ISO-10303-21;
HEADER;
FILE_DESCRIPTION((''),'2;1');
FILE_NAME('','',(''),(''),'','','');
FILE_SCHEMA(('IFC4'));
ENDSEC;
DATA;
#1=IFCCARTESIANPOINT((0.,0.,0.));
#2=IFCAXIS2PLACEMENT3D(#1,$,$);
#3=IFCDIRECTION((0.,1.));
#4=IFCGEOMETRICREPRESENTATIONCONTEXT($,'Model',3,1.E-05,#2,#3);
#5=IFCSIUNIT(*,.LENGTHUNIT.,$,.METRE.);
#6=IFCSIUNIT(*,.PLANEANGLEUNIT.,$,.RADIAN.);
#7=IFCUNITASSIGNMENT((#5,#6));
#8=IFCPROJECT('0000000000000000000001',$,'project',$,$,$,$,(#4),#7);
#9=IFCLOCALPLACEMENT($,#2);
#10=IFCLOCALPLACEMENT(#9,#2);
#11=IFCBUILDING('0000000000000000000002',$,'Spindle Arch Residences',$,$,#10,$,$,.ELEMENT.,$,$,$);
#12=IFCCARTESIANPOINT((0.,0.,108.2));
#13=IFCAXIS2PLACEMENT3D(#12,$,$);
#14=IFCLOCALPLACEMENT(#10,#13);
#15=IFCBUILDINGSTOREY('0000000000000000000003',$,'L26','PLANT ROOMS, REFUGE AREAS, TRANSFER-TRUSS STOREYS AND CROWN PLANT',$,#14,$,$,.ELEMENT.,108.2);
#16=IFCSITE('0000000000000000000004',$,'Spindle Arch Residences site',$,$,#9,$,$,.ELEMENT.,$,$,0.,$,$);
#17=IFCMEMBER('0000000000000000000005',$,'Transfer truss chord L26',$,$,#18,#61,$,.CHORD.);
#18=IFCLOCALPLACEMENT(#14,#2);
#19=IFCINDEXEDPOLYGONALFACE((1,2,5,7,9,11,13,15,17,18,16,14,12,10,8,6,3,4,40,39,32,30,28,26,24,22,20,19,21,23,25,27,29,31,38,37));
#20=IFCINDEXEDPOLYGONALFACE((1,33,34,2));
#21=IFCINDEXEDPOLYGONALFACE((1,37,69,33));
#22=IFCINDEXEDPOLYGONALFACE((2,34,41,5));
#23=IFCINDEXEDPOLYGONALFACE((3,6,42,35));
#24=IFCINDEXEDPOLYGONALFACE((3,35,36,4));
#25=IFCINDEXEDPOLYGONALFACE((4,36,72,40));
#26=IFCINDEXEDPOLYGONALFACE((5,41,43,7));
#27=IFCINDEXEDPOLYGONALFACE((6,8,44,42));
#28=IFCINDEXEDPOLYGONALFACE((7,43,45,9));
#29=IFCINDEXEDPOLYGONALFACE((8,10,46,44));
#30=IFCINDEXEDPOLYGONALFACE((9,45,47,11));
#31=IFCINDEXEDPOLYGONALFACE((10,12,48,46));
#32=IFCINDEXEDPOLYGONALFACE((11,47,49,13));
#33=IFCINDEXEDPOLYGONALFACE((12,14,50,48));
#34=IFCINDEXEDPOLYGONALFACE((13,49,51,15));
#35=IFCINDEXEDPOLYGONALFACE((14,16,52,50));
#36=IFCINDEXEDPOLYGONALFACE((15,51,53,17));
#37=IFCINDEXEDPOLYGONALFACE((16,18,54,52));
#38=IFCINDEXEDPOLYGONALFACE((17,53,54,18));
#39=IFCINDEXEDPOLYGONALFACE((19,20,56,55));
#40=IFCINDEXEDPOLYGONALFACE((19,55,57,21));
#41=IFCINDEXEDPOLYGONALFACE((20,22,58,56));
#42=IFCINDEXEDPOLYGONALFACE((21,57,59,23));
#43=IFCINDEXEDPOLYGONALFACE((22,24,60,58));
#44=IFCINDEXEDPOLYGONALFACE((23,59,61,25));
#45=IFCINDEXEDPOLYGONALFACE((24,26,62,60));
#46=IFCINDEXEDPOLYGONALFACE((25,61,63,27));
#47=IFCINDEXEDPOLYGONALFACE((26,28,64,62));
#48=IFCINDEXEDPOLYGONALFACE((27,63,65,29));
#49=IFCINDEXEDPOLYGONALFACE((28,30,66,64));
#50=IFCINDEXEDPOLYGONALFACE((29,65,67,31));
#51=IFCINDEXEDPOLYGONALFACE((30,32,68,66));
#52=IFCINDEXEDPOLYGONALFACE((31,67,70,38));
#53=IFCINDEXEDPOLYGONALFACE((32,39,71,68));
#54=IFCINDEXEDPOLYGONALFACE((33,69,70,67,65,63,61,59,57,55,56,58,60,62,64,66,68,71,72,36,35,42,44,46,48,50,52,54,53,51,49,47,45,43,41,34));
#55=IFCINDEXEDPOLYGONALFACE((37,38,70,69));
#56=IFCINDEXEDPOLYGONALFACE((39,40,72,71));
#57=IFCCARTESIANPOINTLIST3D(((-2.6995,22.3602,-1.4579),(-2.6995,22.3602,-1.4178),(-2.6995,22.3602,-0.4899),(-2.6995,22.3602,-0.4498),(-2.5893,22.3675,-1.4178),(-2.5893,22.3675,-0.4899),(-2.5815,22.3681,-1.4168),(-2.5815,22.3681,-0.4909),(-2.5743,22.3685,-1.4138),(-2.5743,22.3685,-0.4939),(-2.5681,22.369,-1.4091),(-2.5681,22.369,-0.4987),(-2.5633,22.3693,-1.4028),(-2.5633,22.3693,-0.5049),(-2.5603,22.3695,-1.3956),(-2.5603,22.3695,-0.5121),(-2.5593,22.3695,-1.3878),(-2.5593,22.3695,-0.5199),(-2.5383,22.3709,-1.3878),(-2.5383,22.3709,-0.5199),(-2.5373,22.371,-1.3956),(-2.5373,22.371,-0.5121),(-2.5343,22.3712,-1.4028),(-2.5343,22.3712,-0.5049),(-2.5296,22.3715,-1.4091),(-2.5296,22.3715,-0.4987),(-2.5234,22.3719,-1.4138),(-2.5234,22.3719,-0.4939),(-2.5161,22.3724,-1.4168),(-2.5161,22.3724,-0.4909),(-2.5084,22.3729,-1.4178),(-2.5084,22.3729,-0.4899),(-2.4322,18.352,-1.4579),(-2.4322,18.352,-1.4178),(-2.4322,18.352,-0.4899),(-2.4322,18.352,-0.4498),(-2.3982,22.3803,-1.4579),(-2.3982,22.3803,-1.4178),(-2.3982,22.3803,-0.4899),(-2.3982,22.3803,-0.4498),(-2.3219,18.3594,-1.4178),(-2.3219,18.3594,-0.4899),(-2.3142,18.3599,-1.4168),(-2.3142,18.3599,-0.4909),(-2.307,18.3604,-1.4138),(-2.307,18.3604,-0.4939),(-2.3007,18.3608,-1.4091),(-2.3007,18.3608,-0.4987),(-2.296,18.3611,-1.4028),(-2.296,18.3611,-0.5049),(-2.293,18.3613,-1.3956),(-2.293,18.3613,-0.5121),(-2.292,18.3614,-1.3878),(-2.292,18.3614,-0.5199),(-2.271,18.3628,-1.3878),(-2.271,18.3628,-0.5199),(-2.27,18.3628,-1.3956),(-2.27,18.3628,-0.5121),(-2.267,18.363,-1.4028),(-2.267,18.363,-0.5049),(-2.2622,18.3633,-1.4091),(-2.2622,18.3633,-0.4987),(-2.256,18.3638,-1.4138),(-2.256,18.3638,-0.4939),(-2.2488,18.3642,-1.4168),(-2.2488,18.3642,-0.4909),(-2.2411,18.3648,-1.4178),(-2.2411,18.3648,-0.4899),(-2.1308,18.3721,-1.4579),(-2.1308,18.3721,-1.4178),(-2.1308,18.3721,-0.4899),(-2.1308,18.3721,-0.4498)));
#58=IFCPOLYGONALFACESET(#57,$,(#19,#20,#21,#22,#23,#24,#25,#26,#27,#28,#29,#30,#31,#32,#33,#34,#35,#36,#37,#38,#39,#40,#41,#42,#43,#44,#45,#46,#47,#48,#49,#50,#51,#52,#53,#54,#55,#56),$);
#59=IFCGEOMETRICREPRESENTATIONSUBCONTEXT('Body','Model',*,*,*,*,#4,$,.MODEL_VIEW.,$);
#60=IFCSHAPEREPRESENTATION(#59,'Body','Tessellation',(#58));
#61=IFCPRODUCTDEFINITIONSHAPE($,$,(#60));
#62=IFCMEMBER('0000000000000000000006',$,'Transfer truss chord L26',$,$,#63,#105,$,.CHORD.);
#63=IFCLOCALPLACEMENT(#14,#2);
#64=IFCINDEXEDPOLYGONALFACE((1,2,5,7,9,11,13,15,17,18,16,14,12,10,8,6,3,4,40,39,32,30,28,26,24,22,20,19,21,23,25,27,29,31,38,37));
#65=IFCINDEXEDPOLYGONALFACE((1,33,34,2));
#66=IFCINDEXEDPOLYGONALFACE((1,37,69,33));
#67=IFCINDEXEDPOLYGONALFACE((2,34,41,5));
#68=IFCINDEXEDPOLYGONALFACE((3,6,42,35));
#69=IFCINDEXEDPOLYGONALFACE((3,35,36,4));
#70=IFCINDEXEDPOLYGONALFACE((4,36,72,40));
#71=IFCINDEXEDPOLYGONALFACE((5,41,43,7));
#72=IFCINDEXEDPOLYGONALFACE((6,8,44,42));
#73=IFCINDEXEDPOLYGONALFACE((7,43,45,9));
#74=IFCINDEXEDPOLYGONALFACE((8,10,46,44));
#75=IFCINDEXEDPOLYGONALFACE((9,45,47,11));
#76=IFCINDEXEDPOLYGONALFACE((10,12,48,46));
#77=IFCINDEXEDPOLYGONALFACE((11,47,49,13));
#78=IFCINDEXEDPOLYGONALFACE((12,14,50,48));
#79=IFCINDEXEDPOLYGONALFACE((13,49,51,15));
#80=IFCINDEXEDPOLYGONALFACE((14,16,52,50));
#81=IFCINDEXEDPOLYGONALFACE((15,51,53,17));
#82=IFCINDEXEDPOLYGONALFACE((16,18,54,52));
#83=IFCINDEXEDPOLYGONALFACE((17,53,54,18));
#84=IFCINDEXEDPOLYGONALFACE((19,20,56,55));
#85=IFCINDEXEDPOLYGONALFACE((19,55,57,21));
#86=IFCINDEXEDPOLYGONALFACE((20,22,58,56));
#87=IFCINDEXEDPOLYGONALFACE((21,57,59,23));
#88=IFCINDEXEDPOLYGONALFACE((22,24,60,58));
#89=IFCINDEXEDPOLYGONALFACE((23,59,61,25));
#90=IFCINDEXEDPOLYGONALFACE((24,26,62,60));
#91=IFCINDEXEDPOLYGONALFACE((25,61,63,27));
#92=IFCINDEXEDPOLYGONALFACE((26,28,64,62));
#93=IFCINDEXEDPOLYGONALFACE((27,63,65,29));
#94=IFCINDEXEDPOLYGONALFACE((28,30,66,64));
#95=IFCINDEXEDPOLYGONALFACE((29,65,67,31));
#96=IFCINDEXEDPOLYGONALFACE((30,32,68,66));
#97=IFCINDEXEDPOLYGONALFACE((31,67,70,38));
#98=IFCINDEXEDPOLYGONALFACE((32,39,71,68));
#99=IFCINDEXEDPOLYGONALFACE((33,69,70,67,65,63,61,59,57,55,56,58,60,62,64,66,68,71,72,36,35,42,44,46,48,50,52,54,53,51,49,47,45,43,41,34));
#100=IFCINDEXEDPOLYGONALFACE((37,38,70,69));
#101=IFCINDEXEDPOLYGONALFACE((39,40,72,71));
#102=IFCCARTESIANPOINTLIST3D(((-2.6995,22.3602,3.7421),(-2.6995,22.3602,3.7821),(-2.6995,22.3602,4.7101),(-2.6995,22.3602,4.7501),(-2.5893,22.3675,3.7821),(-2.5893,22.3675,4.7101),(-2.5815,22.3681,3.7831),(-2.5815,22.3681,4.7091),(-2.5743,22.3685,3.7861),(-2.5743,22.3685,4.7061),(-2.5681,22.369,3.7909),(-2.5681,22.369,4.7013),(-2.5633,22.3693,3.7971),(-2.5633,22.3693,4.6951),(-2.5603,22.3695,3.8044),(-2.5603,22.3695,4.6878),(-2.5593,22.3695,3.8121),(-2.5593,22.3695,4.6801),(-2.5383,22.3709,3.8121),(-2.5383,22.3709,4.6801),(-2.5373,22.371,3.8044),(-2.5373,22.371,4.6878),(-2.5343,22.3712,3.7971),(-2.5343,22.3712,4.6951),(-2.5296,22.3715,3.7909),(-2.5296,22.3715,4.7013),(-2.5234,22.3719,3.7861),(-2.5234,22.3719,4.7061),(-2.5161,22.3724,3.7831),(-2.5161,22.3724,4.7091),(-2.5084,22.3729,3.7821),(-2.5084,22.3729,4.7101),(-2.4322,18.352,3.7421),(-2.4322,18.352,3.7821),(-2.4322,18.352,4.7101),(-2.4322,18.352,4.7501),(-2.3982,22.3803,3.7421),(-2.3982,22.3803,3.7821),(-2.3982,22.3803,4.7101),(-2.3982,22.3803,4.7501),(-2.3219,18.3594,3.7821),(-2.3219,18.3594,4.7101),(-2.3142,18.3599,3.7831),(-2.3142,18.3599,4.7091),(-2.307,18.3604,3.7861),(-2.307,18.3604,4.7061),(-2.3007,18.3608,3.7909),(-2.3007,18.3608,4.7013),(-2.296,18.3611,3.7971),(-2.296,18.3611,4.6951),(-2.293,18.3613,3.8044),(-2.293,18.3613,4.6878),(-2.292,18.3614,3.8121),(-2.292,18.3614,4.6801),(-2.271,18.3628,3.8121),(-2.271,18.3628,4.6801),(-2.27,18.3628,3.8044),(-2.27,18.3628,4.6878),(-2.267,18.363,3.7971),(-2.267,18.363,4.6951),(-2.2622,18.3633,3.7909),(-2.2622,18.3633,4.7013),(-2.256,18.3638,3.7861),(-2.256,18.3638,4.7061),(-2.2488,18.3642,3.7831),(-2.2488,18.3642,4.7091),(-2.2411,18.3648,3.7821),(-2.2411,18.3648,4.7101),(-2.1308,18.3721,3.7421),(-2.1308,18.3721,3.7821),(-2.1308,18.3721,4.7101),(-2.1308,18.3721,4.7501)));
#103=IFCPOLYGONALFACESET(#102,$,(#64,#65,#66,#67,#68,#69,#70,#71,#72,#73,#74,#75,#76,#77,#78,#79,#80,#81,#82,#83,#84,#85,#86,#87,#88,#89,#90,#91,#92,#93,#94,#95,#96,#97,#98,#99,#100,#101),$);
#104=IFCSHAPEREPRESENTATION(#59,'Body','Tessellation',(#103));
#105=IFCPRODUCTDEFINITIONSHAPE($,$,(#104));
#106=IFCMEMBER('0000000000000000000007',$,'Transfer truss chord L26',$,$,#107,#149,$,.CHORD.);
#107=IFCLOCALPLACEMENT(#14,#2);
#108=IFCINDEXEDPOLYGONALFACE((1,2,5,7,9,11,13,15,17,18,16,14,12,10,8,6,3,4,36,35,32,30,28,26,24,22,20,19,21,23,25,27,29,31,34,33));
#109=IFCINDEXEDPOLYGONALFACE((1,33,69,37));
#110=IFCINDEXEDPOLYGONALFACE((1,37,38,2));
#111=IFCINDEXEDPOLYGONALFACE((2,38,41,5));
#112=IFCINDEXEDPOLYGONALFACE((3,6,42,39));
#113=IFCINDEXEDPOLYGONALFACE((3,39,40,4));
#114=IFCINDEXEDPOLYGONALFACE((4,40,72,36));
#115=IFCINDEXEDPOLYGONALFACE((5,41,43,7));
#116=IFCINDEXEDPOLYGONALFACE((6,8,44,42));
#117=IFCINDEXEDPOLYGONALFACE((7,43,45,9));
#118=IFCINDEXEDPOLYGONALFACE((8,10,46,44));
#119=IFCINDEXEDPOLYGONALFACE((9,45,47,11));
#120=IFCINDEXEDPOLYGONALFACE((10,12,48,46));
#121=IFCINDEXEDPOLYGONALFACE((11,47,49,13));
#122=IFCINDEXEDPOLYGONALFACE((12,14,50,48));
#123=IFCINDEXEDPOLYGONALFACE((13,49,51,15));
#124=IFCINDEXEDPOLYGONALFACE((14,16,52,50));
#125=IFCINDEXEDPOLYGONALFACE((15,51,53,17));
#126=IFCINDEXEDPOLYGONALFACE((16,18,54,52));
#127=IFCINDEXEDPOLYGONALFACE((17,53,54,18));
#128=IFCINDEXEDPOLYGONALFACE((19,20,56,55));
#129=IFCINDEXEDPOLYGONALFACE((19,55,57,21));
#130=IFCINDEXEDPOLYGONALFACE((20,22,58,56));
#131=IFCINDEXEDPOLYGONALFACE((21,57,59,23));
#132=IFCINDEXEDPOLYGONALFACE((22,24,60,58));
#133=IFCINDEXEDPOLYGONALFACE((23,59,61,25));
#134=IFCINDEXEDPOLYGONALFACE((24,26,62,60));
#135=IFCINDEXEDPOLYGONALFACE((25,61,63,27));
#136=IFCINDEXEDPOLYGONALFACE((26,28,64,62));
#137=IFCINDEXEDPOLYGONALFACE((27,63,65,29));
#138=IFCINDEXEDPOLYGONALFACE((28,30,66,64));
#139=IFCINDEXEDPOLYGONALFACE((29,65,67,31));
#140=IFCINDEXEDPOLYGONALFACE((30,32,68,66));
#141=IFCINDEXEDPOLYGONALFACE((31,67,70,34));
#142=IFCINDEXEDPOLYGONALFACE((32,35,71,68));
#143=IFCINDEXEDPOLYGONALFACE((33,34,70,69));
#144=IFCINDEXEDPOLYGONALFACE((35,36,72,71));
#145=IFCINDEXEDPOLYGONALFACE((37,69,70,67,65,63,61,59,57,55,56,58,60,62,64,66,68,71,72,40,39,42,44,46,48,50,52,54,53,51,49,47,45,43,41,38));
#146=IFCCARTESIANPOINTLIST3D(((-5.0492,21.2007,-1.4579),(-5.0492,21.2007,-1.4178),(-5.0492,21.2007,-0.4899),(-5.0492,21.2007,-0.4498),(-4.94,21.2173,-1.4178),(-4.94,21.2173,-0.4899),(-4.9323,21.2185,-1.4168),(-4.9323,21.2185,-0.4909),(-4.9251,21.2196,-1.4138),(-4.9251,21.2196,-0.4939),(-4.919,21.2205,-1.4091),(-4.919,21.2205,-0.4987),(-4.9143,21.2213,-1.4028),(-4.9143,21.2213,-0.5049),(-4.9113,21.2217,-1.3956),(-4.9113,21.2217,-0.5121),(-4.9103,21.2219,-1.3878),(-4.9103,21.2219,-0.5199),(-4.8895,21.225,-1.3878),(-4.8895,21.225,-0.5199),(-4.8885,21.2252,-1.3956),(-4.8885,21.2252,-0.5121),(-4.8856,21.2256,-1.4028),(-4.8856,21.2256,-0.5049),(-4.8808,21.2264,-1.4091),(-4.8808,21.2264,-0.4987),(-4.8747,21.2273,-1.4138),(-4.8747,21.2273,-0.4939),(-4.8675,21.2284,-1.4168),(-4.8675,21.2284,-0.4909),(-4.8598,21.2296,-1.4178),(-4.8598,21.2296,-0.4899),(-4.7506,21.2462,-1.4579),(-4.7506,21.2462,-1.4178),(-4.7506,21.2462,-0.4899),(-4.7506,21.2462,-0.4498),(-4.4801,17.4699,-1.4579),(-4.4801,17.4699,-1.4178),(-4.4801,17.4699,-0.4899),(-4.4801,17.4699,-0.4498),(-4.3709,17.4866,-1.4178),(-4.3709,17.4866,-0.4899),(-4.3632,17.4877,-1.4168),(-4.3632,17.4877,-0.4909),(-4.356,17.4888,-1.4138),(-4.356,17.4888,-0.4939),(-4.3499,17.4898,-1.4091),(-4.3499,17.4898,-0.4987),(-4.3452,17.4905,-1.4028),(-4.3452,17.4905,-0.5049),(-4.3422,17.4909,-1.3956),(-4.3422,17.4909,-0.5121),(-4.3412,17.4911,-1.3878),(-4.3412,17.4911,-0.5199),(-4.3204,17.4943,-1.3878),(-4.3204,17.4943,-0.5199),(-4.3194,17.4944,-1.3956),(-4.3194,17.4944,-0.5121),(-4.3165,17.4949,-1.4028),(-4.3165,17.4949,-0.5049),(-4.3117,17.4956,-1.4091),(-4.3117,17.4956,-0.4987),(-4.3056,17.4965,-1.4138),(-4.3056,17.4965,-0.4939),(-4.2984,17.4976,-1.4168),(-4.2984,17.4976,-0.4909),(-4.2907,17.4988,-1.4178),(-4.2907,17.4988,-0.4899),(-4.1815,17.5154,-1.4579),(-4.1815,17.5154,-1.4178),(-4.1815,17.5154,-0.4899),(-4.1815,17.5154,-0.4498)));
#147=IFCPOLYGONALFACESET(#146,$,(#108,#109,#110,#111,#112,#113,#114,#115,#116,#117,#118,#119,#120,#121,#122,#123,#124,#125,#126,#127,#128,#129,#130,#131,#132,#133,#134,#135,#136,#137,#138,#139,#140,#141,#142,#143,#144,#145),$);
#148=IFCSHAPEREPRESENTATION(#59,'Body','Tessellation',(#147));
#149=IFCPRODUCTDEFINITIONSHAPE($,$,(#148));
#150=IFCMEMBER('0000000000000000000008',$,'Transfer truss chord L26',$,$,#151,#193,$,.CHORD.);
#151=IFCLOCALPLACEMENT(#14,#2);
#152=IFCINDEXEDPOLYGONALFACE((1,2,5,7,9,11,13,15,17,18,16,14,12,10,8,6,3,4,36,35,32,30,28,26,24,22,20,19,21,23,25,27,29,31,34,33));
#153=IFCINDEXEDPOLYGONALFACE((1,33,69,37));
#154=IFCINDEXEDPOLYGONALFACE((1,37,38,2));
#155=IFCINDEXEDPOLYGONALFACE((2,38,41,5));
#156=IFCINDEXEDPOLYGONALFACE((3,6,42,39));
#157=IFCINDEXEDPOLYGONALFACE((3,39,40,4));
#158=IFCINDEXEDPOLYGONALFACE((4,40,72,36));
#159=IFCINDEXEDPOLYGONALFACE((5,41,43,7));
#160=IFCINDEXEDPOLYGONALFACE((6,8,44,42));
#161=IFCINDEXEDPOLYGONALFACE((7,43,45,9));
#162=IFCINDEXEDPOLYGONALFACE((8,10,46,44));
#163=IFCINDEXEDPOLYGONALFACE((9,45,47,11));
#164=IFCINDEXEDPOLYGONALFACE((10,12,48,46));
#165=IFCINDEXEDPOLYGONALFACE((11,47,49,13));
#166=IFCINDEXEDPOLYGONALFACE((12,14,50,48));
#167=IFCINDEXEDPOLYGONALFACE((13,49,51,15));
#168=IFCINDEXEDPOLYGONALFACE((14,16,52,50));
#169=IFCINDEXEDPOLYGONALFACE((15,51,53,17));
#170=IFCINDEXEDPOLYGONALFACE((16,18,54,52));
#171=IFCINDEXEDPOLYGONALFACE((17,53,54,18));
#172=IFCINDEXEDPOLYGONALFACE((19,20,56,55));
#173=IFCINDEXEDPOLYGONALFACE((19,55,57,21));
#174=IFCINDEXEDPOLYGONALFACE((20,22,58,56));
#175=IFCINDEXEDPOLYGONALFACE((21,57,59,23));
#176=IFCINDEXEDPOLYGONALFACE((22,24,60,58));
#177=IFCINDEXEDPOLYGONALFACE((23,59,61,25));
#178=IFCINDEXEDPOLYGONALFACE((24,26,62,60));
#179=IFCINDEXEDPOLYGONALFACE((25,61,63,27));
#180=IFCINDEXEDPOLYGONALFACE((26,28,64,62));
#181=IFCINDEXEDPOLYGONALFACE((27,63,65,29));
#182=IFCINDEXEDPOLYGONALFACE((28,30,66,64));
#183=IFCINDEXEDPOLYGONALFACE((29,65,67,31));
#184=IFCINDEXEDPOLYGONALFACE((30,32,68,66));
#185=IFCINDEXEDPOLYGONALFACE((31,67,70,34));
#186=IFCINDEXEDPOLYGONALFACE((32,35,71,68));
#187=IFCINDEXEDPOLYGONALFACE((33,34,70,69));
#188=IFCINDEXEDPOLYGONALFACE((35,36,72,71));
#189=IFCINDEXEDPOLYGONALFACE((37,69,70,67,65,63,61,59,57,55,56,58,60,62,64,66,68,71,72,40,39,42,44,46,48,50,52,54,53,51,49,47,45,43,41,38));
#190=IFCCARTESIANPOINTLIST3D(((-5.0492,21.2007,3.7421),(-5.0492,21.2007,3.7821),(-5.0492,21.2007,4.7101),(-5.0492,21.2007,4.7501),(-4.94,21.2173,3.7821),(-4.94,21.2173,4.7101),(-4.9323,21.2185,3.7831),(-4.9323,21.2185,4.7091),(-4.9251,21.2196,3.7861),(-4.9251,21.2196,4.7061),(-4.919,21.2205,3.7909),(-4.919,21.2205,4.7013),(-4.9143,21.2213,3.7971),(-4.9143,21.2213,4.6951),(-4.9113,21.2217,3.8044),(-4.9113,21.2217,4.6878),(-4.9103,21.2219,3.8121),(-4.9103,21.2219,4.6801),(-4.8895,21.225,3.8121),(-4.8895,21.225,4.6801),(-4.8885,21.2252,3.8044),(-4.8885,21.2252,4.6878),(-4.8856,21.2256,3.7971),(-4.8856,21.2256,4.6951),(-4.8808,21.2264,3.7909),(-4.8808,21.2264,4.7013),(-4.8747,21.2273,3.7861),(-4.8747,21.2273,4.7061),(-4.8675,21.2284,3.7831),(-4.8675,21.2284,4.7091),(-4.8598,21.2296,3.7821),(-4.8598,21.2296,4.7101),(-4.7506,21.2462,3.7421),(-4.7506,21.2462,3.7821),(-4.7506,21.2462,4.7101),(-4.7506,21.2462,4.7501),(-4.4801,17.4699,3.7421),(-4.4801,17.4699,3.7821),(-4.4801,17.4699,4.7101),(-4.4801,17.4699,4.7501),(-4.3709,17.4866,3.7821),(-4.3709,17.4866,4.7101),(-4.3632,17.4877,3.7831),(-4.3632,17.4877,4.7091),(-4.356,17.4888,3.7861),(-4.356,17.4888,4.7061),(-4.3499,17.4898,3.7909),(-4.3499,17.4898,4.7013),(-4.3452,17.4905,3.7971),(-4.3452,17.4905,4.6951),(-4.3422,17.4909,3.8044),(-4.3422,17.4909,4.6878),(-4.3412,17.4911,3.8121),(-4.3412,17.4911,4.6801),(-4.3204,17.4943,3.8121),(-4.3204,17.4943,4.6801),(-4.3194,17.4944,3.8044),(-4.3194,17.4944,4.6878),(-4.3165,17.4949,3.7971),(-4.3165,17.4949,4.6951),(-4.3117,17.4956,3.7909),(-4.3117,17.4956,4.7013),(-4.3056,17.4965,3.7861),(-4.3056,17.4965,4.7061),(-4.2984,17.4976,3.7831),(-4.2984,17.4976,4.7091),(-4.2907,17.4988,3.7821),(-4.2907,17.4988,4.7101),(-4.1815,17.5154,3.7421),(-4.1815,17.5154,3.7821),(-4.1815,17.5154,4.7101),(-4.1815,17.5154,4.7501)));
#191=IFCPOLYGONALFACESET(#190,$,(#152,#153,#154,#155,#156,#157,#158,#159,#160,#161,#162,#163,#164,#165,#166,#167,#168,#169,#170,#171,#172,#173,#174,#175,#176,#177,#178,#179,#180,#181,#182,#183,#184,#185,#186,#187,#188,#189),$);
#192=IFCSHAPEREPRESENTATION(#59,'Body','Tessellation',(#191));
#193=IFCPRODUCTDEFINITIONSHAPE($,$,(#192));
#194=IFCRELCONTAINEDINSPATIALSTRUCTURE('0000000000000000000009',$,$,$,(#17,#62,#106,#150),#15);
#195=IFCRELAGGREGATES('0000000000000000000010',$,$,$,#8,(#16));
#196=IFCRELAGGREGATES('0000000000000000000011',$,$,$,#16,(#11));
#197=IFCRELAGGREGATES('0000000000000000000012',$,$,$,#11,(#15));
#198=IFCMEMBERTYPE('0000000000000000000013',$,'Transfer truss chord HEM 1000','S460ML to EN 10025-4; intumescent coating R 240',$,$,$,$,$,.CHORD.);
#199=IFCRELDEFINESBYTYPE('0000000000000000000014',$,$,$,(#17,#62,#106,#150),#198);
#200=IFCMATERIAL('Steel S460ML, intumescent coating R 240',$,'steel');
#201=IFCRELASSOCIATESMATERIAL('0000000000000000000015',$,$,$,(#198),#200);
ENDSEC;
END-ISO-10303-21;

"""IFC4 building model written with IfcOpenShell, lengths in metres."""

from ifc_helpers import new_model, si_unit, direction, frame, origin, origin_2d, place, context, subcontext, project, spatial, i_section, extrude, material, material_profile, profile_set, type_object, element, save


model = new_model("IFC4")

# Units and contexts
model_context = context("Model", 3, precision=1e-05, world=origin(), true_north=direction((0.0, 1.0)))
body_context = subcontext(model_context, "Body", "Model", "MODEL_VIEW")
ifc_project = project(units=[si_unit("LENGTHUNIT", "METRE"), si_unit("PLANEANGLEUNIT", "RADIAN")], contexts=[model_context])

# Site, building, storey
site_placement = place(None, origin())
site = spatial("IfcSite", under=ifc_project, at=site_placement, Name="Spindle Arch Residences site", CompositionType="ELEMENT", RefElevation=0.0)
building_placement = place(site_placement, origin())
building = spatial("IfcBuilding", under=site, at=building_placement, Name="Spindle Arch Residences", CompositionType="ELEMENT")
storey_placement = place(building_placement, frame((0.0, 0.0, 108.2)))
storey = spatial("IfcBuildingStorey", under=building, at=storey_placement, Name="L26", Description="PLANT ROOMS, REFUGE AREAS, TRANSFER-TRUSS STOREYS AND CROWN PLANT", CompositionType="ELEMENT", Elevation=108.2)

# Members
ifc_material_1 = material(Name="Steel S460ML, intumescent coating R 240", Category="steel")
ifc_material_profile_1 = material_profile(ifc_material_1, i_section(OverallWidth=0.302, OverallDepth=1.0081, WebThickness=0.021, FlangeThickness=0.04, FilletRadius=0.03, at=origin_2d()), Name="HEM 1000")
ifc_profile_set_1 = profile_set([ifc_material_profile_1], Name="Steel S460ML, intumescent coating R 240")
member_type_1 = type_object("IfcMemberType", Name="Transfer truss chord HEM 1000", Description="S460ML to EN 10025-4; intumescent coating R 240", PredefinedType="CHORD", material=ifc_profile_set_1)
for number, where, z_axis, x_axis, name in (
    (1, (-2.2815, 18.3621, -0.9539), (-0.066547, 0.997783, 0.0), (-0.997783, -0.066547, 0.0), "Transfer truss chord L26"),
    (2, (-2.2815, 18.3621, 4.2461), (-0.066547, 0.997783, 0.0), (-0.997783, -0.066547, 0.0), "Transfer truss chord L26"),
):
    element("IfcMember", number, at=place(storey_placement, frame(where, z_axis=z_axis, x_axis=x_axis)), inside=storey, type_object=member_type_1, Name=name, PredefinedType="CHORD", context=body_context, shape_type="SweptSolid", body=[
        extrude(i_section(OverallWidth=0.302, OverallDepth=1.0081, WebThickness=0.021, FlangeThickness=0.04, FilletRadius=0.03, at=origin_2d()), origin(), (0.0, 0.0, 1.0), 4.0171),
    ])
for number, where, z_axis, x_axis, name in (
    (3, (-4.3308, 17.4927, -0.9539), (-0.150798, 0.988565, 0.0), (-0.988565, -0.150798, 0.0), "Transfer truss chord L26"),
    (4, (-4.3308, 17.4927, 4.2461), (-0.150798, 0.988565, 0.0), (-0.988565, -0.150798, 0.0), "Transfer truss chord L26"),
):
    element("IfcMember", number, at=place(storey_placement, frame(where, z_axis=z_axis, x_axis=x_axis)), inside=storey, type_object=member_type_1, Name=name, PredefinedType="CHORD", context=body_context, shape_type="SweptSolid", body=[
        extrude(i_section(OverallWidth=0.302, OverallDepth=1.0081, WebThickness=0.021, FlangeThickness=0.04, FilletRadius=0.03, at=origin_2d()), origin(), (0.0, 0.0, 1.0), 3.7739),
    ])

save(model, "model.ifc")
